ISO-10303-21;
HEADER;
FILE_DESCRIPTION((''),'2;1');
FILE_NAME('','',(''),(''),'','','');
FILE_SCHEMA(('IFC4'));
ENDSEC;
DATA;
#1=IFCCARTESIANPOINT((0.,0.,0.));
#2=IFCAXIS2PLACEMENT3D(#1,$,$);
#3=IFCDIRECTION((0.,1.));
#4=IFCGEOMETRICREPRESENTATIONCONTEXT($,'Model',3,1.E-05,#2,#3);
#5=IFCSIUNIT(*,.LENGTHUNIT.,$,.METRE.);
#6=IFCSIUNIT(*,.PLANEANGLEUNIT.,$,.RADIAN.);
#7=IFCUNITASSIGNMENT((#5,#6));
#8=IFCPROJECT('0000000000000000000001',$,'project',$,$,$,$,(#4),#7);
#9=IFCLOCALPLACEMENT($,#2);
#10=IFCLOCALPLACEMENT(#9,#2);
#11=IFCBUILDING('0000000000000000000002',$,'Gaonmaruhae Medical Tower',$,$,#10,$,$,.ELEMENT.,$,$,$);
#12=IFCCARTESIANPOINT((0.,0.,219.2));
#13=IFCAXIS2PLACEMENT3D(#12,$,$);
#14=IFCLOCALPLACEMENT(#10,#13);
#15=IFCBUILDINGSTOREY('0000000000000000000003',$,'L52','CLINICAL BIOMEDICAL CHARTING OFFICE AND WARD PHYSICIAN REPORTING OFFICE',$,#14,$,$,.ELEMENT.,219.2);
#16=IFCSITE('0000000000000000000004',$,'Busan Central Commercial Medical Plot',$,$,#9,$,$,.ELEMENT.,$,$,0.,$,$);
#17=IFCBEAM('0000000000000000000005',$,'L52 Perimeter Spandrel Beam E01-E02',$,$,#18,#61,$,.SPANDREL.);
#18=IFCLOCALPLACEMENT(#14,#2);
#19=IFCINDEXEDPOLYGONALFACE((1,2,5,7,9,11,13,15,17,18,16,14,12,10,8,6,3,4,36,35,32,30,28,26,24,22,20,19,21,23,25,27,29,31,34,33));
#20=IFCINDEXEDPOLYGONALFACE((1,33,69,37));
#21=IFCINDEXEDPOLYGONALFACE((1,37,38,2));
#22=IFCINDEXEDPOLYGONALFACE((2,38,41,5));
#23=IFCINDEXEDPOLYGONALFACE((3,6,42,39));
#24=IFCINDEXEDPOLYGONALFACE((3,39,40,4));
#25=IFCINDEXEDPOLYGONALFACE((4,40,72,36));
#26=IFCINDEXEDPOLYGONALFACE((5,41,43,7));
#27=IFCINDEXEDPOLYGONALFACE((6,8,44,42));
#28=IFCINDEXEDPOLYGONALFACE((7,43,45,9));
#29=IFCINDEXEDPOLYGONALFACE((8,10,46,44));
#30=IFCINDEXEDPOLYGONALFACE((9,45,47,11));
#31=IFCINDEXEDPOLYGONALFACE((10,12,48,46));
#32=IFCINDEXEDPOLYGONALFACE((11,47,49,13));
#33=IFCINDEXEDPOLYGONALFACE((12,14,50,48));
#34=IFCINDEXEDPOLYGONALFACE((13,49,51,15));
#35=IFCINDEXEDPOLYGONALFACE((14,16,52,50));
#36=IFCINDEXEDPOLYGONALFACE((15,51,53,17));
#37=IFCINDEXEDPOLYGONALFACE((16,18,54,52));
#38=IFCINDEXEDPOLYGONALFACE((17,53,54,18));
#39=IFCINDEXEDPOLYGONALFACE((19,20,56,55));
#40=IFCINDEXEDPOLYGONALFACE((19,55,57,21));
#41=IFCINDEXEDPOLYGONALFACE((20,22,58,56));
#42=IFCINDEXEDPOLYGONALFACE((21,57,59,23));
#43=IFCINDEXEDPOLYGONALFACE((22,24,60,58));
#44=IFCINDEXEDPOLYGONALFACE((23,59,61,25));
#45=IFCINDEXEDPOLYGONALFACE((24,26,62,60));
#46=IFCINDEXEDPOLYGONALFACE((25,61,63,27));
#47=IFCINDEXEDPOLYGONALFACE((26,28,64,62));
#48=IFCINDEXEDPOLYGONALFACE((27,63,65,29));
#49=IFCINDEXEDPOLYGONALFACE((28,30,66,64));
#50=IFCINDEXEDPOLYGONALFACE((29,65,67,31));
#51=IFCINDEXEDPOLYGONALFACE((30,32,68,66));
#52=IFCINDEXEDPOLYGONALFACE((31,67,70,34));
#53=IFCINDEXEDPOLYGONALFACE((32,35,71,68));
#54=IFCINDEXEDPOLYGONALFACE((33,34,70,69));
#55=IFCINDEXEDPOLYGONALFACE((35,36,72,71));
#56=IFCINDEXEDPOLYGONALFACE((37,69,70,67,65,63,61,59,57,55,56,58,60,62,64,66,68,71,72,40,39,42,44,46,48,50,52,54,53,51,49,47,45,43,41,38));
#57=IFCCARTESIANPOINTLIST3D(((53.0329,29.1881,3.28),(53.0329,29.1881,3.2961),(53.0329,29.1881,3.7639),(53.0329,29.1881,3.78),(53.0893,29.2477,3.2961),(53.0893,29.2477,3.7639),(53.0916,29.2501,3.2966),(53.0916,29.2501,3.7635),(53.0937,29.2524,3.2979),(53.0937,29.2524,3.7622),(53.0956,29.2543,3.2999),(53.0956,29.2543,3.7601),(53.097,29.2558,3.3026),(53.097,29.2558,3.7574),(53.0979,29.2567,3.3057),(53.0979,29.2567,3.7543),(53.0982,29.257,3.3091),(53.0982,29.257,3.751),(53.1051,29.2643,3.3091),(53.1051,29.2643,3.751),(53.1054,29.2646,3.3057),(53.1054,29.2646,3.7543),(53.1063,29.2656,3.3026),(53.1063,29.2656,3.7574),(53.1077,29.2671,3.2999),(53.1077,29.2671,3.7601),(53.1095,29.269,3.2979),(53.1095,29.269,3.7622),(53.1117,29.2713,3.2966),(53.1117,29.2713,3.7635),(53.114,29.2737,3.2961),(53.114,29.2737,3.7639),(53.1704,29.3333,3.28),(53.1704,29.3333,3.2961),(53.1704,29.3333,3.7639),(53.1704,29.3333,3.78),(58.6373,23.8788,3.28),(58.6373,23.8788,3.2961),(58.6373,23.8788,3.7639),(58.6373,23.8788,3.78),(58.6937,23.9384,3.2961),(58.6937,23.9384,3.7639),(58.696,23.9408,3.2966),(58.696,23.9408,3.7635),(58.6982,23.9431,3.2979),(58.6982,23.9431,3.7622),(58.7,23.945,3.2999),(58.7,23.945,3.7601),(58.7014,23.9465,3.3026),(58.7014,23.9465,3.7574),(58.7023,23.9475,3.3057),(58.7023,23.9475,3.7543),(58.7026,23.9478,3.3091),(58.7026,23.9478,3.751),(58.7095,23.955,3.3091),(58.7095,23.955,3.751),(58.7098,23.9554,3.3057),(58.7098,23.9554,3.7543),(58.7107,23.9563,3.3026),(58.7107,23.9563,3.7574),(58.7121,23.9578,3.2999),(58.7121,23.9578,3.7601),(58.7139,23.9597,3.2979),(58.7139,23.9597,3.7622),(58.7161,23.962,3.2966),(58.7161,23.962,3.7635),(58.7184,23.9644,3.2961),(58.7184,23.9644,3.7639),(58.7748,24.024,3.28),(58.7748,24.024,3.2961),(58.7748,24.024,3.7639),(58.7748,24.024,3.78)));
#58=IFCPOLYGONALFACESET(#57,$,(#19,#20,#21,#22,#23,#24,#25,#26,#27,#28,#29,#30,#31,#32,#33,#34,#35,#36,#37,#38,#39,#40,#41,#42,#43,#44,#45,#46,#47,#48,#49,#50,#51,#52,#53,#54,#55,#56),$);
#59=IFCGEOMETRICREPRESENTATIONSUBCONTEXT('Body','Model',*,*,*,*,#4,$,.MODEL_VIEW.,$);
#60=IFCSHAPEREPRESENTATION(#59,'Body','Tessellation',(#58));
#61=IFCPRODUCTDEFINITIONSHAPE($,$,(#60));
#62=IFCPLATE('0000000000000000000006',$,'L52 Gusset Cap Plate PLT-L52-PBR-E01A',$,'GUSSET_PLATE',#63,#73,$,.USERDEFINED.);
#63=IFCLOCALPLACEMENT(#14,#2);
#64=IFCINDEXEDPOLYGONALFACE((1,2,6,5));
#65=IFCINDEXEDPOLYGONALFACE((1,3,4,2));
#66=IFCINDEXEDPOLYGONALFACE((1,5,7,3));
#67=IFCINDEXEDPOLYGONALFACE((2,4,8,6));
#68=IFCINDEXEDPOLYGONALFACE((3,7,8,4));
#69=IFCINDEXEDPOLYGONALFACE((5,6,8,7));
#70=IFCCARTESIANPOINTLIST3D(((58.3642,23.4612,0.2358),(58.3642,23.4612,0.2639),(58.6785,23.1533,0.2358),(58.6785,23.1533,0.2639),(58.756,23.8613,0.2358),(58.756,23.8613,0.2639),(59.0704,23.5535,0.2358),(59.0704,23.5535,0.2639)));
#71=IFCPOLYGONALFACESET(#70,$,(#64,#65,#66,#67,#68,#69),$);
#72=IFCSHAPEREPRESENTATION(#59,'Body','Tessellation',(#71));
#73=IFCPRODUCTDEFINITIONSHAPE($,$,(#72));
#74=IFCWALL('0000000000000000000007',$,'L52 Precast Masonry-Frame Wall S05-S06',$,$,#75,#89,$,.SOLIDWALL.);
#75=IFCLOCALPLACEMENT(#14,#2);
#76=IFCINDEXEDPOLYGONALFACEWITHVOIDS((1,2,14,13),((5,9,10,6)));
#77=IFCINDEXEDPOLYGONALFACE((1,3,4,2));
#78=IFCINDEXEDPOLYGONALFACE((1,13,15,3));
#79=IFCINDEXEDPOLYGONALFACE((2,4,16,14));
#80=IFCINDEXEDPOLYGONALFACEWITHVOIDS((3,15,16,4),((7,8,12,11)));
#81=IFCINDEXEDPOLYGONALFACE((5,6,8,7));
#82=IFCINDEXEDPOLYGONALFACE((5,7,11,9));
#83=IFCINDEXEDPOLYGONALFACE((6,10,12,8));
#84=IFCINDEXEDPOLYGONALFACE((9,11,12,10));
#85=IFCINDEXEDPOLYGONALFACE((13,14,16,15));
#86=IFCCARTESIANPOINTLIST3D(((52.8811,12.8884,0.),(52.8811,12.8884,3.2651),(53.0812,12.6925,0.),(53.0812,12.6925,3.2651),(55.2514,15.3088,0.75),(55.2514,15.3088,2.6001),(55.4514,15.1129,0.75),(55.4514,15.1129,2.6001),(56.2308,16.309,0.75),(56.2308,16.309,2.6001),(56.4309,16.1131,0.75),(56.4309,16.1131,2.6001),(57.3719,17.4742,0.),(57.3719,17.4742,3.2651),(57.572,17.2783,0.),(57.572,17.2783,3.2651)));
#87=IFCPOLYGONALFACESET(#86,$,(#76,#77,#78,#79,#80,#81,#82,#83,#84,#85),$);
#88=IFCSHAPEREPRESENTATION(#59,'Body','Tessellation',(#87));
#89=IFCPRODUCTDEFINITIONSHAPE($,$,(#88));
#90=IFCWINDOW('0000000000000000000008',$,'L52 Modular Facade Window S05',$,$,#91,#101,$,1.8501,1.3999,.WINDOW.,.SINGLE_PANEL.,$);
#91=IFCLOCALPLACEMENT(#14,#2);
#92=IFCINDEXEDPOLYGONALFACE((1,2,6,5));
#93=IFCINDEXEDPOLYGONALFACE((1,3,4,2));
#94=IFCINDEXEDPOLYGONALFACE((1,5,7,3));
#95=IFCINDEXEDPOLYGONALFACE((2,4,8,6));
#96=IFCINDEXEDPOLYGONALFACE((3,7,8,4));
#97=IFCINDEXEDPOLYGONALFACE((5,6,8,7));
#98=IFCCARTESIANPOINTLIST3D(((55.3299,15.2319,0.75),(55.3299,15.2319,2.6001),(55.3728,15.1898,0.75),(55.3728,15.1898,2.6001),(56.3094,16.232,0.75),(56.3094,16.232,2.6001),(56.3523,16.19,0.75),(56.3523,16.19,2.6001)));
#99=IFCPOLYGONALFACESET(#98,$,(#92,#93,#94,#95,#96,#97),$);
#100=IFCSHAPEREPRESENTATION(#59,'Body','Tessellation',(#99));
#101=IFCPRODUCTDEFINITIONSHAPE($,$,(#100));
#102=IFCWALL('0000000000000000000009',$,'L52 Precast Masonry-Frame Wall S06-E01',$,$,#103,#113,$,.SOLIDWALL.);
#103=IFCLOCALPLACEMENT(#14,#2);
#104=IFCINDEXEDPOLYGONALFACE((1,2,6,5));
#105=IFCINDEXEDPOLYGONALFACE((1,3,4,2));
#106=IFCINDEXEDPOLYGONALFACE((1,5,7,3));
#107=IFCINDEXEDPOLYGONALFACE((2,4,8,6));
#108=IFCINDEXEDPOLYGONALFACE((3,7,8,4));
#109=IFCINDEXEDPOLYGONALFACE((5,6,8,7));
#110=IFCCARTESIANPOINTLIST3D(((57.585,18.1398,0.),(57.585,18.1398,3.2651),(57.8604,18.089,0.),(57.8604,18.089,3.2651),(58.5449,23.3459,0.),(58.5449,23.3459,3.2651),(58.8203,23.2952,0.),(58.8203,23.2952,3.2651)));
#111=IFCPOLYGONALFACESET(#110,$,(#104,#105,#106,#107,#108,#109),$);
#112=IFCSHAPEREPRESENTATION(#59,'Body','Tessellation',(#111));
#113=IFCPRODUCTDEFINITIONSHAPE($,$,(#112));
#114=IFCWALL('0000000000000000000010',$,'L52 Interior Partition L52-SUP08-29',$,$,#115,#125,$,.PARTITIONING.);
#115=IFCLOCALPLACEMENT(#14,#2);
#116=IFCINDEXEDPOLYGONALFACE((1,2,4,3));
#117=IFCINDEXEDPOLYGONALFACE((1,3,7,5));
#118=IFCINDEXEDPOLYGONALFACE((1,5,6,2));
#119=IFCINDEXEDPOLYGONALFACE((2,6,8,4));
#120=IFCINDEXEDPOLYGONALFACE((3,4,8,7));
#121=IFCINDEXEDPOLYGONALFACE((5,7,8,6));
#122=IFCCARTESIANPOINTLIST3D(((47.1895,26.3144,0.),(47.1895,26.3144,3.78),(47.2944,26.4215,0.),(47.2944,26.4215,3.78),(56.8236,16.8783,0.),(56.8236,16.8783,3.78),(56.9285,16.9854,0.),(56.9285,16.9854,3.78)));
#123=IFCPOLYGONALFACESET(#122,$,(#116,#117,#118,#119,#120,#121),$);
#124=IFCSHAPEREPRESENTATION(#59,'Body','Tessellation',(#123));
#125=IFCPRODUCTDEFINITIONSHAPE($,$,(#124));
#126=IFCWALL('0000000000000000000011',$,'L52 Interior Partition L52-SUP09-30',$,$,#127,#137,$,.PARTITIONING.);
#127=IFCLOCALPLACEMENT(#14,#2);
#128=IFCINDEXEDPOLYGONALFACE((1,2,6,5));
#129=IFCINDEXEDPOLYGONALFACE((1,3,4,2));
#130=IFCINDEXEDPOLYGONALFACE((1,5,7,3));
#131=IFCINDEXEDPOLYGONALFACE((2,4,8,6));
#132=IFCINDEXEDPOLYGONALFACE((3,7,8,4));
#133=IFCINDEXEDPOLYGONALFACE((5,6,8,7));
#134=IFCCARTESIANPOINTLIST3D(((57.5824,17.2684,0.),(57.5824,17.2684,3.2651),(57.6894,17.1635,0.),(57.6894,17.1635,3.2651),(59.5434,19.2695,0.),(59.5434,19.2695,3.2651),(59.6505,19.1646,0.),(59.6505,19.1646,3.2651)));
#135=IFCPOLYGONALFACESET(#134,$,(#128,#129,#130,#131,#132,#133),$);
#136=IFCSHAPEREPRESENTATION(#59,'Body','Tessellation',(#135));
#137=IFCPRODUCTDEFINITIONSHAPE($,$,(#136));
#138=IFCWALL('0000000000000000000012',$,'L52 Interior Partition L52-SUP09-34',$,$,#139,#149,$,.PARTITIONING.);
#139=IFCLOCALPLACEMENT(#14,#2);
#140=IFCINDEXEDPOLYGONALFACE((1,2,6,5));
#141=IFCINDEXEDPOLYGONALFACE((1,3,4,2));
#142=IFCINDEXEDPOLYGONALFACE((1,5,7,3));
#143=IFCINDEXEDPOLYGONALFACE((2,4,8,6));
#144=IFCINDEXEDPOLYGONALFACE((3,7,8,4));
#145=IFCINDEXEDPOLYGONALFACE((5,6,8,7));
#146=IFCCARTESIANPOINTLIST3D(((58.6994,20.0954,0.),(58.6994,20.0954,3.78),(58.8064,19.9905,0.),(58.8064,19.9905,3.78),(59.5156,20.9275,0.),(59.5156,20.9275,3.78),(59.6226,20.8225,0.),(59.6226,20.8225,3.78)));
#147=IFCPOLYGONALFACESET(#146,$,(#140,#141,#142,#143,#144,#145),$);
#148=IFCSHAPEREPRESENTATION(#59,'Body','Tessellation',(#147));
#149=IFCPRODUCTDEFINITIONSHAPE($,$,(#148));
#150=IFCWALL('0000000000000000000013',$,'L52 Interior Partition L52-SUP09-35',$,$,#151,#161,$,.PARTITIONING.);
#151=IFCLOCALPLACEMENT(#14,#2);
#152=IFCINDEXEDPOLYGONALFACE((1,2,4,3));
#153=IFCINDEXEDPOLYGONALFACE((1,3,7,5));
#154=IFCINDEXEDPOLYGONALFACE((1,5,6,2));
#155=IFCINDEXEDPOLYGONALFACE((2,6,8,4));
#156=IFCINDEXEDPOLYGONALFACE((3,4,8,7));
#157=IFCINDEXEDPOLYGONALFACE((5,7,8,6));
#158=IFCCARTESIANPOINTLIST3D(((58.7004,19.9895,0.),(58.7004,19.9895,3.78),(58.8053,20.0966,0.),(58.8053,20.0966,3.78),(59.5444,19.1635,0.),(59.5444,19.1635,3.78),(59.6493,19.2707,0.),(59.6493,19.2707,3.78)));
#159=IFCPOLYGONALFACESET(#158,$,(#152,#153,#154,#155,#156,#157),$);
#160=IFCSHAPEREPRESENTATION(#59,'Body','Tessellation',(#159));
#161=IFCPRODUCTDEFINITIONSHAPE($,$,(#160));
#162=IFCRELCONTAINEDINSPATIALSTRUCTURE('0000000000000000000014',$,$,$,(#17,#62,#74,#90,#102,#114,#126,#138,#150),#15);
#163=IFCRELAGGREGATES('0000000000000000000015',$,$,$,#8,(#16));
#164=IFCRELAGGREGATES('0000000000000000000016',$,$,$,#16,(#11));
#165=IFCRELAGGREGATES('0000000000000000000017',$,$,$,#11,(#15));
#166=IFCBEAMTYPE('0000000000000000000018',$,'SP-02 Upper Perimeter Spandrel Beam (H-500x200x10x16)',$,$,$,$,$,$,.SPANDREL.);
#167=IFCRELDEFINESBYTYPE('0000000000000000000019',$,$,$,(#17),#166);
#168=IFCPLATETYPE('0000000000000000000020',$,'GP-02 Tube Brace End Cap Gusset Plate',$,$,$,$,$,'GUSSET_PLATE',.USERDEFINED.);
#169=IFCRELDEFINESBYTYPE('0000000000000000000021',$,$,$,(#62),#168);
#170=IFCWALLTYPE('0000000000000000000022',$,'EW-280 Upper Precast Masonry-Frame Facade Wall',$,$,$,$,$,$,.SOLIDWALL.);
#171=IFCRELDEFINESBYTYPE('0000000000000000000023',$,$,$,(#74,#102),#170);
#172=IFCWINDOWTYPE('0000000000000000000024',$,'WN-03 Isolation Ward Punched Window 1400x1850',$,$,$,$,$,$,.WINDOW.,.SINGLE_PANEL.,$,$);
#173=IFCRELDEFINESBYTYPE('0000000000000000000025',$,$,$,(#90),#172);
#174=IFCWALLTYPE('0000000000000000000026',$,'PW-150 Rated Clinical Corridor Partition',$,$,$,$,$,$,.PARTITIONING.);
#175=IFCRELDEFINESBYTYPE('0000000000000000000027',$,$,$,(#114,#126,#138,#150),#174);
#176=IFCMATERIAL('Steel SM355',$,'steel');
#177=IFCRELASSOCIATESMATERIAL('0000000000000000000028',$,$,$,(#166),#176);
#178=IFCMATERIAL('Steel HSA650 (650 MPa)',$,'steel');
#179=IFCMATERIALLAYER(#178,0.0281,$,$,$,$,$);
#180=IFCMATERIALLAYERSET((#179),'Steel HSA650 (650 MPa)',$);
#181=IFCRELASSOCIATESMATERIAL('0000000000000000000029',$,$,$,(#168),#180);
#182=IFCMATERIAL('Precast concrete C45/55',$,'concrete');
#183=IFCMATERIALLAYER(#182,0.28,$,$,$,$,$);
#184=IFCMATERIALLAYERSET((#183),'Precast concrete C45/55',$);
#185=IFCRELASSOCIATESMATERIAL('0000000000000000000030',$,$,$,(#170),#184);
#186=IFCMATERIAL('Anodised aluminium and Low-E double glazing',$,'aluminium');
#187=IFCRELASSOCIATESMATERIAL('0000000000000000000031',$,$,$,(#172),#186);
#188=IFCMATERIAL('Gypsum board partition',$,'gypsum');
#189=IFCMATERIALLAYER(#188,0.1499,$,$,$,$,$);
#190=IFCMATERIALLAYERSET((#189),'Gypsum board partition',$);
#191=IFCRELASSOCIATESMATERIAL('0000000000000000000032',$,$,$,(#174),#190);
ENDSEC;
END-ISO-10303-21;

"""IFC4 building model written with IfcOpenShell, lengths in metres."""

from ifc_helpers import new_model, si_unit, direction, frame, frame_2d, origin, origin_2d, place, context, subcontext, project, spatial, rectangle, i_section, extrude, material, layer, layer_set, material_profile, profile_set, type_object, element, fill, save


model = new_model("IFC4")

# Units and contexts
model_context = context("Model", 3, precision=1e-05, world=origin(), true_north=direction((0.0, 1.0)))
body_context = subcontext(model_context, "Body", "Model", "MODEL_VIEW")
ifc_project = project(units=[si_unit("LENGTHUNIT", "METRE"), si_unit("PLANEANGLEUNIT", "RADIAN")], contexts=[model_context])

# Site, building, storey
site_placement = place(None, origin())
site = spatial("IfcSite", under=ifc_project, at=site_placement, Name="Busan Central Commercial Medical Plot", CompositionType="ELEMENT", RefElevation=0.0)
building_placement = place(site_placement, origin())
building = spatial("IfcBuilding", under=site, at=building_placement, Name="Gaonmaruhae Medical Tower", CompositionType="ELEMENT")
storey_placement = place(building_placement, frame((0.0, 0.0, 219.2)))
storey = spatial("IfcBuildingStorey", under=building, at=storey_placement, Name="L52", Description="CLINICAL BIOMEDICAL CHARTING OFFICE AND WARD PHYSICIAN REPORTING OFFICE", CompositionType="ELEMENT", Elevation=219.2)

# Shared definitions
ifc_material_1 = material(Name="Steel SM355", Category="steel")

# Beam
ifc_material_profile_1 = material_profile(ifc_material_1, i_section(OverallWidth=0.2, OverallDepth=0.5, WebThickness=0.01, FlangeThickness=0.0161, FilletRadius=0.0129, at=origin_2d()), Name="H-500x200x10x16")
ifc_profile_set_1 = profile_set([ifc_material_profile_1], Name="Steel SM355")
beam_type_1 = type_object("IfcBeamType", Name="SP-02 Upper Perimeter Spandrel Beam (H-500x200x10x16)", PredefinedType="SPANDREL", material=ifc_profile_set_1)
beam_1_placement = place(storey_placement, frame((58.7061, 23.9514, 3.53), z_axis=(-0.725965, 0.687731, 0.0), x_axis=(-0.687731, -0.725965, 0.0)))
element("IfcBeam", 1, at=beam_1_placement, inside=storey, type_object=beam_type_1, Name="L52 Perimeter Spandrel Beam E01-E02", PredefinedType="SPANDREL", context=body_context, shape_type="SweptSolid", body=[
    extrude(i_section(OverallWidth=0.2, OverallDepth=0.5, WebThickness=0.01, FlangeThickness=0.0161, FilletRadius=0.0129, at=origin_2d()), origin(), (0.0, 0.0, 1.0), 7.72),
])

# Plate
ifc_material_2 = material(Name="Steel HSA650 (650 MPa)", Category="steel")
ifc_layer_1 = layer(ifc_material_2, 0.0281)
ifc_layer_set_1 = layer_set([ifc_layer_1], Name="Steel HSA650 (650 MPa)")
plate_type = type_object("IfcPlateType", Name="GP-02 Tube Brace End Cap Gusset Plate", ElementType="GUSSET_PLATE", PredefinedType="USERDEFINED", material=ifc_layer_set_1)
plate_placement = place(storey_placement, frame((58.7173, 23.5073, 0.2358), z_axis=(0.0, 0.0, 1.0), x_axis=(0.699663, 0.714473, 0.0)))
element("IfcPlate", 2, at=plate_placement, inside=storey, type_object=plate_type, Name="L52 Gusset Cap Plate PLT-L52-PBR-E01A", ObjectType="GUSSET_PLATE", PredefinedType="USERDEFINED", context=body_context, shape_type="SweptSolid", body=[
    extrude(rectangle(XDim=0.5601, YDim=0.4399, at=origin_2d()), origin(), (0.0, 0.0, 1.0), 0.0281),
])

# Wall, opening, window
ifc_material_3 = material(Name="Precast concrete C45/55", Category="concrete")
ifc_layer_2 = layer(ifc_material_3, 0.28)
ifc_layer_set_2 = layer_set([ifc_layer_2], Name="Precast concrete C45/55")
wall_type_1 = type_object("IfcWallType", Name="EW-280 Upper Precast Masonry-Frame Facade Wall", PredefinedType="SOLIDWALL", material=ifc_layer_set_2)
wall_1_placement = place(storey_placement, frame((57.4719, 17.3762, 0.0), z_axis=(0.0, 0.0, 1.0), x_axis=(-0.69967, -0.714466, 0.0)))
wall_1 = element("IfcWall", 3, at=wall_1_placement, inside=storey, type_object=wall_type_1, Name="L52 Precast Masonry-Frame Wall S05-S06", PredefinedType="SOLIDWALL", context=body_context, shape_type="SweptSolid", body=[
    extrude(rectangle(XDim=6.4185, YDim=0.28, at=frame_2d((3.2092, 0.0))), origin(), (0.0, 0.0, 1.0), 3.2651),
])
opening_1_placement = place(wall_1_placement, frame((1.6309, 0.0, 0.75)))
opening_1 = element("IfcOpeningElement", 4, at=opening_1_placement, cuts=wall_1, PredefinedType="OPENING", context=body_context, shape_type="SweptSolid", body=[
    extrude(rectangle(XDim=1.3999, YDim=1.8501, at=frame_2d((0.7, 0.925))), frame((0.0, 0.1499, 0.0), z_axis=(0.0, -1.0, 0.0), x_axis=(1.0, 0.0, 0.0)), (0.0, 0.0, 1.0), 0.3),
])
ifc_material_4 = material(Name="Anodised aluminium and Low-E double glazing", Category="aluminium")
window_type = type_object("IfcWindowType", Name="WN-03 Isolation Ward Punched Window 1400x1850", PartitioningType="SINGLE_PANEL", PredefinedType="WINDOW", material=ifc_material_4)
window_placement = place(opening_1_placement, origin())
window = element("IfcWindow", 5, at=window_placement, inside=storey, type_object=window_type, Name="L52 Modular Facade Window S05", OverallHeight=1.8501, OverallWidth=1.3999, PartitioningType="SINGLE_PANEL", PredefinedType="WINDOW", context=body_context, shape_type="SweptSolid", body=[
    extrude(rectangle(XDim=1.3999, YDim=1.8501, at=frame_2d((0.7, 0.925))), frame((0.0, 0.03, 0.0), z_axis=(0.0, -1.0, 0.0), x_axis=(1.0, 0.0, 0.0)), (0.0, 0.0, 1.0), 0.0601),
])
fill(opening_1, window)

# Walls
wall_2_placement = place(storey_placement, frame((58.6826, 23.3206, 0.0), z_axis=(0.0, 0.0, 1.0), x_axis=(-0.181328, -0.983423, 0.0)))
element("IfcWall", 6, at=wall_2_placement, inside=storey, type_object=wall_type_1, Name="L52 Precast Masonry-Frame Wall S06-E01", PredefinedType="SOLIDWALL", context=body_context, shape_type="SweptSolid", body=[
    extrude(rectangle(XDim=5.2939, YDim=0.28, at=frame_2d((2.647, 0.0))), origin(), (0.0, 0.0, 1.0), 3.2651),
])
ifc_material_5 = material(Name="Gypsum board partition", Category="gypsum")
ifc_layer_3 = layer(ifc_material_5, 0.1499)
ifc_layer_set_3 = layer_set([ifc_layer_3], Name="Gypsum board partition")
wall_type_2 = type_object("IfcWallType", Name="PW-150 Rated Clinical Corridor Partition", PredefinedType="PARTITIONING", material=ifc_layer_set_3)
wall_3_placement = place(storey_placement, frame((47.2419, 26.3679, 0.0), z_axis=(0.0, 0.0, 1.0), x_axis=(0.71441, -0.699727, 0.0)))
element("IfcWall", 7, at=wall_3_placement, inside=storey, type_object=wall_type_2, Name="L52 Interior Partition L52-SUP08-29", PredefinedType="PARTITIONING", context=body_context, shape_type="SweptSolid", body=[
    extrude(rectangle(XDim=13.4854, YDim=0.1499, at=frame_2d((6.7427, 0.0))), origin(), (0.0, 0.0, 1.0), 3.78),
])
wall_4_placement = place(storey_placement, frame((59.5969, 19.217, 0.0), z_axis=(0.0, 0.0, 1.0), x_axis=(-0.699925, -0.714216, 0.0)))
element("IfcWall", 8, at=wall_4_placement, inside=storey, type_object=wall_type_2, Name="L52 Interior Partition L52-SUP09-30", PredefinedType="PARTITIONING", context=body_context, shape_type="SweptSolid", body=[
    extrude(rectangle(XDim=2.8018, YDim=0.1499, at=frame_2d((1.4009, 0.0))), origin(), (0.0, 0.0, 1.0), 3.2651),
])

# Walls
wall_5_placement = place(storey_placement, frame((59.5691, 20.875, 0.0), z_axis=(0.0, 0.0, 1.0), x_axis=(-0.700266, -0.713882, 0.0)))
element("IfcWall", 9, at=wall_5_placement, inside=storey, type_object=wall_type_2, Name="L52 Interior Partition L52-SUP09-34", PredefinedType="PARTITIONING", context=body_context, shape_type="SweptSolid", body=[
    extrude(rectangle(XDim=1.1655, YDim=0.1499, at=frame_2d((0.5828, 0.0))), origin(), (0.0, 0.0, 1.0), 3.78),
])
wall_6_placement = place(storey_placement, frame((58.7529, 20.043, 0.0), z_axis=(0.0, 0.0, 1.0), x_axis=(0.714715, -0.699416, 0.0)))
element("IfcWall", 10, at=wall_6_placement, inside=storey, type_object=wall_type_2, Name="L52 Interior Partition L52-SUP09-35", PredefinedType="PARTITIONING", context=body_context, shape_type="SweptSolid", body=[
    extrude(rectangle(XDim=1.1809, YDim=0.1499, at=frame_2d((0.5903, 0.0))), origin(), (0.0, 0.0, 1.0), 3.78),
])

save(model, "model.ifc")
